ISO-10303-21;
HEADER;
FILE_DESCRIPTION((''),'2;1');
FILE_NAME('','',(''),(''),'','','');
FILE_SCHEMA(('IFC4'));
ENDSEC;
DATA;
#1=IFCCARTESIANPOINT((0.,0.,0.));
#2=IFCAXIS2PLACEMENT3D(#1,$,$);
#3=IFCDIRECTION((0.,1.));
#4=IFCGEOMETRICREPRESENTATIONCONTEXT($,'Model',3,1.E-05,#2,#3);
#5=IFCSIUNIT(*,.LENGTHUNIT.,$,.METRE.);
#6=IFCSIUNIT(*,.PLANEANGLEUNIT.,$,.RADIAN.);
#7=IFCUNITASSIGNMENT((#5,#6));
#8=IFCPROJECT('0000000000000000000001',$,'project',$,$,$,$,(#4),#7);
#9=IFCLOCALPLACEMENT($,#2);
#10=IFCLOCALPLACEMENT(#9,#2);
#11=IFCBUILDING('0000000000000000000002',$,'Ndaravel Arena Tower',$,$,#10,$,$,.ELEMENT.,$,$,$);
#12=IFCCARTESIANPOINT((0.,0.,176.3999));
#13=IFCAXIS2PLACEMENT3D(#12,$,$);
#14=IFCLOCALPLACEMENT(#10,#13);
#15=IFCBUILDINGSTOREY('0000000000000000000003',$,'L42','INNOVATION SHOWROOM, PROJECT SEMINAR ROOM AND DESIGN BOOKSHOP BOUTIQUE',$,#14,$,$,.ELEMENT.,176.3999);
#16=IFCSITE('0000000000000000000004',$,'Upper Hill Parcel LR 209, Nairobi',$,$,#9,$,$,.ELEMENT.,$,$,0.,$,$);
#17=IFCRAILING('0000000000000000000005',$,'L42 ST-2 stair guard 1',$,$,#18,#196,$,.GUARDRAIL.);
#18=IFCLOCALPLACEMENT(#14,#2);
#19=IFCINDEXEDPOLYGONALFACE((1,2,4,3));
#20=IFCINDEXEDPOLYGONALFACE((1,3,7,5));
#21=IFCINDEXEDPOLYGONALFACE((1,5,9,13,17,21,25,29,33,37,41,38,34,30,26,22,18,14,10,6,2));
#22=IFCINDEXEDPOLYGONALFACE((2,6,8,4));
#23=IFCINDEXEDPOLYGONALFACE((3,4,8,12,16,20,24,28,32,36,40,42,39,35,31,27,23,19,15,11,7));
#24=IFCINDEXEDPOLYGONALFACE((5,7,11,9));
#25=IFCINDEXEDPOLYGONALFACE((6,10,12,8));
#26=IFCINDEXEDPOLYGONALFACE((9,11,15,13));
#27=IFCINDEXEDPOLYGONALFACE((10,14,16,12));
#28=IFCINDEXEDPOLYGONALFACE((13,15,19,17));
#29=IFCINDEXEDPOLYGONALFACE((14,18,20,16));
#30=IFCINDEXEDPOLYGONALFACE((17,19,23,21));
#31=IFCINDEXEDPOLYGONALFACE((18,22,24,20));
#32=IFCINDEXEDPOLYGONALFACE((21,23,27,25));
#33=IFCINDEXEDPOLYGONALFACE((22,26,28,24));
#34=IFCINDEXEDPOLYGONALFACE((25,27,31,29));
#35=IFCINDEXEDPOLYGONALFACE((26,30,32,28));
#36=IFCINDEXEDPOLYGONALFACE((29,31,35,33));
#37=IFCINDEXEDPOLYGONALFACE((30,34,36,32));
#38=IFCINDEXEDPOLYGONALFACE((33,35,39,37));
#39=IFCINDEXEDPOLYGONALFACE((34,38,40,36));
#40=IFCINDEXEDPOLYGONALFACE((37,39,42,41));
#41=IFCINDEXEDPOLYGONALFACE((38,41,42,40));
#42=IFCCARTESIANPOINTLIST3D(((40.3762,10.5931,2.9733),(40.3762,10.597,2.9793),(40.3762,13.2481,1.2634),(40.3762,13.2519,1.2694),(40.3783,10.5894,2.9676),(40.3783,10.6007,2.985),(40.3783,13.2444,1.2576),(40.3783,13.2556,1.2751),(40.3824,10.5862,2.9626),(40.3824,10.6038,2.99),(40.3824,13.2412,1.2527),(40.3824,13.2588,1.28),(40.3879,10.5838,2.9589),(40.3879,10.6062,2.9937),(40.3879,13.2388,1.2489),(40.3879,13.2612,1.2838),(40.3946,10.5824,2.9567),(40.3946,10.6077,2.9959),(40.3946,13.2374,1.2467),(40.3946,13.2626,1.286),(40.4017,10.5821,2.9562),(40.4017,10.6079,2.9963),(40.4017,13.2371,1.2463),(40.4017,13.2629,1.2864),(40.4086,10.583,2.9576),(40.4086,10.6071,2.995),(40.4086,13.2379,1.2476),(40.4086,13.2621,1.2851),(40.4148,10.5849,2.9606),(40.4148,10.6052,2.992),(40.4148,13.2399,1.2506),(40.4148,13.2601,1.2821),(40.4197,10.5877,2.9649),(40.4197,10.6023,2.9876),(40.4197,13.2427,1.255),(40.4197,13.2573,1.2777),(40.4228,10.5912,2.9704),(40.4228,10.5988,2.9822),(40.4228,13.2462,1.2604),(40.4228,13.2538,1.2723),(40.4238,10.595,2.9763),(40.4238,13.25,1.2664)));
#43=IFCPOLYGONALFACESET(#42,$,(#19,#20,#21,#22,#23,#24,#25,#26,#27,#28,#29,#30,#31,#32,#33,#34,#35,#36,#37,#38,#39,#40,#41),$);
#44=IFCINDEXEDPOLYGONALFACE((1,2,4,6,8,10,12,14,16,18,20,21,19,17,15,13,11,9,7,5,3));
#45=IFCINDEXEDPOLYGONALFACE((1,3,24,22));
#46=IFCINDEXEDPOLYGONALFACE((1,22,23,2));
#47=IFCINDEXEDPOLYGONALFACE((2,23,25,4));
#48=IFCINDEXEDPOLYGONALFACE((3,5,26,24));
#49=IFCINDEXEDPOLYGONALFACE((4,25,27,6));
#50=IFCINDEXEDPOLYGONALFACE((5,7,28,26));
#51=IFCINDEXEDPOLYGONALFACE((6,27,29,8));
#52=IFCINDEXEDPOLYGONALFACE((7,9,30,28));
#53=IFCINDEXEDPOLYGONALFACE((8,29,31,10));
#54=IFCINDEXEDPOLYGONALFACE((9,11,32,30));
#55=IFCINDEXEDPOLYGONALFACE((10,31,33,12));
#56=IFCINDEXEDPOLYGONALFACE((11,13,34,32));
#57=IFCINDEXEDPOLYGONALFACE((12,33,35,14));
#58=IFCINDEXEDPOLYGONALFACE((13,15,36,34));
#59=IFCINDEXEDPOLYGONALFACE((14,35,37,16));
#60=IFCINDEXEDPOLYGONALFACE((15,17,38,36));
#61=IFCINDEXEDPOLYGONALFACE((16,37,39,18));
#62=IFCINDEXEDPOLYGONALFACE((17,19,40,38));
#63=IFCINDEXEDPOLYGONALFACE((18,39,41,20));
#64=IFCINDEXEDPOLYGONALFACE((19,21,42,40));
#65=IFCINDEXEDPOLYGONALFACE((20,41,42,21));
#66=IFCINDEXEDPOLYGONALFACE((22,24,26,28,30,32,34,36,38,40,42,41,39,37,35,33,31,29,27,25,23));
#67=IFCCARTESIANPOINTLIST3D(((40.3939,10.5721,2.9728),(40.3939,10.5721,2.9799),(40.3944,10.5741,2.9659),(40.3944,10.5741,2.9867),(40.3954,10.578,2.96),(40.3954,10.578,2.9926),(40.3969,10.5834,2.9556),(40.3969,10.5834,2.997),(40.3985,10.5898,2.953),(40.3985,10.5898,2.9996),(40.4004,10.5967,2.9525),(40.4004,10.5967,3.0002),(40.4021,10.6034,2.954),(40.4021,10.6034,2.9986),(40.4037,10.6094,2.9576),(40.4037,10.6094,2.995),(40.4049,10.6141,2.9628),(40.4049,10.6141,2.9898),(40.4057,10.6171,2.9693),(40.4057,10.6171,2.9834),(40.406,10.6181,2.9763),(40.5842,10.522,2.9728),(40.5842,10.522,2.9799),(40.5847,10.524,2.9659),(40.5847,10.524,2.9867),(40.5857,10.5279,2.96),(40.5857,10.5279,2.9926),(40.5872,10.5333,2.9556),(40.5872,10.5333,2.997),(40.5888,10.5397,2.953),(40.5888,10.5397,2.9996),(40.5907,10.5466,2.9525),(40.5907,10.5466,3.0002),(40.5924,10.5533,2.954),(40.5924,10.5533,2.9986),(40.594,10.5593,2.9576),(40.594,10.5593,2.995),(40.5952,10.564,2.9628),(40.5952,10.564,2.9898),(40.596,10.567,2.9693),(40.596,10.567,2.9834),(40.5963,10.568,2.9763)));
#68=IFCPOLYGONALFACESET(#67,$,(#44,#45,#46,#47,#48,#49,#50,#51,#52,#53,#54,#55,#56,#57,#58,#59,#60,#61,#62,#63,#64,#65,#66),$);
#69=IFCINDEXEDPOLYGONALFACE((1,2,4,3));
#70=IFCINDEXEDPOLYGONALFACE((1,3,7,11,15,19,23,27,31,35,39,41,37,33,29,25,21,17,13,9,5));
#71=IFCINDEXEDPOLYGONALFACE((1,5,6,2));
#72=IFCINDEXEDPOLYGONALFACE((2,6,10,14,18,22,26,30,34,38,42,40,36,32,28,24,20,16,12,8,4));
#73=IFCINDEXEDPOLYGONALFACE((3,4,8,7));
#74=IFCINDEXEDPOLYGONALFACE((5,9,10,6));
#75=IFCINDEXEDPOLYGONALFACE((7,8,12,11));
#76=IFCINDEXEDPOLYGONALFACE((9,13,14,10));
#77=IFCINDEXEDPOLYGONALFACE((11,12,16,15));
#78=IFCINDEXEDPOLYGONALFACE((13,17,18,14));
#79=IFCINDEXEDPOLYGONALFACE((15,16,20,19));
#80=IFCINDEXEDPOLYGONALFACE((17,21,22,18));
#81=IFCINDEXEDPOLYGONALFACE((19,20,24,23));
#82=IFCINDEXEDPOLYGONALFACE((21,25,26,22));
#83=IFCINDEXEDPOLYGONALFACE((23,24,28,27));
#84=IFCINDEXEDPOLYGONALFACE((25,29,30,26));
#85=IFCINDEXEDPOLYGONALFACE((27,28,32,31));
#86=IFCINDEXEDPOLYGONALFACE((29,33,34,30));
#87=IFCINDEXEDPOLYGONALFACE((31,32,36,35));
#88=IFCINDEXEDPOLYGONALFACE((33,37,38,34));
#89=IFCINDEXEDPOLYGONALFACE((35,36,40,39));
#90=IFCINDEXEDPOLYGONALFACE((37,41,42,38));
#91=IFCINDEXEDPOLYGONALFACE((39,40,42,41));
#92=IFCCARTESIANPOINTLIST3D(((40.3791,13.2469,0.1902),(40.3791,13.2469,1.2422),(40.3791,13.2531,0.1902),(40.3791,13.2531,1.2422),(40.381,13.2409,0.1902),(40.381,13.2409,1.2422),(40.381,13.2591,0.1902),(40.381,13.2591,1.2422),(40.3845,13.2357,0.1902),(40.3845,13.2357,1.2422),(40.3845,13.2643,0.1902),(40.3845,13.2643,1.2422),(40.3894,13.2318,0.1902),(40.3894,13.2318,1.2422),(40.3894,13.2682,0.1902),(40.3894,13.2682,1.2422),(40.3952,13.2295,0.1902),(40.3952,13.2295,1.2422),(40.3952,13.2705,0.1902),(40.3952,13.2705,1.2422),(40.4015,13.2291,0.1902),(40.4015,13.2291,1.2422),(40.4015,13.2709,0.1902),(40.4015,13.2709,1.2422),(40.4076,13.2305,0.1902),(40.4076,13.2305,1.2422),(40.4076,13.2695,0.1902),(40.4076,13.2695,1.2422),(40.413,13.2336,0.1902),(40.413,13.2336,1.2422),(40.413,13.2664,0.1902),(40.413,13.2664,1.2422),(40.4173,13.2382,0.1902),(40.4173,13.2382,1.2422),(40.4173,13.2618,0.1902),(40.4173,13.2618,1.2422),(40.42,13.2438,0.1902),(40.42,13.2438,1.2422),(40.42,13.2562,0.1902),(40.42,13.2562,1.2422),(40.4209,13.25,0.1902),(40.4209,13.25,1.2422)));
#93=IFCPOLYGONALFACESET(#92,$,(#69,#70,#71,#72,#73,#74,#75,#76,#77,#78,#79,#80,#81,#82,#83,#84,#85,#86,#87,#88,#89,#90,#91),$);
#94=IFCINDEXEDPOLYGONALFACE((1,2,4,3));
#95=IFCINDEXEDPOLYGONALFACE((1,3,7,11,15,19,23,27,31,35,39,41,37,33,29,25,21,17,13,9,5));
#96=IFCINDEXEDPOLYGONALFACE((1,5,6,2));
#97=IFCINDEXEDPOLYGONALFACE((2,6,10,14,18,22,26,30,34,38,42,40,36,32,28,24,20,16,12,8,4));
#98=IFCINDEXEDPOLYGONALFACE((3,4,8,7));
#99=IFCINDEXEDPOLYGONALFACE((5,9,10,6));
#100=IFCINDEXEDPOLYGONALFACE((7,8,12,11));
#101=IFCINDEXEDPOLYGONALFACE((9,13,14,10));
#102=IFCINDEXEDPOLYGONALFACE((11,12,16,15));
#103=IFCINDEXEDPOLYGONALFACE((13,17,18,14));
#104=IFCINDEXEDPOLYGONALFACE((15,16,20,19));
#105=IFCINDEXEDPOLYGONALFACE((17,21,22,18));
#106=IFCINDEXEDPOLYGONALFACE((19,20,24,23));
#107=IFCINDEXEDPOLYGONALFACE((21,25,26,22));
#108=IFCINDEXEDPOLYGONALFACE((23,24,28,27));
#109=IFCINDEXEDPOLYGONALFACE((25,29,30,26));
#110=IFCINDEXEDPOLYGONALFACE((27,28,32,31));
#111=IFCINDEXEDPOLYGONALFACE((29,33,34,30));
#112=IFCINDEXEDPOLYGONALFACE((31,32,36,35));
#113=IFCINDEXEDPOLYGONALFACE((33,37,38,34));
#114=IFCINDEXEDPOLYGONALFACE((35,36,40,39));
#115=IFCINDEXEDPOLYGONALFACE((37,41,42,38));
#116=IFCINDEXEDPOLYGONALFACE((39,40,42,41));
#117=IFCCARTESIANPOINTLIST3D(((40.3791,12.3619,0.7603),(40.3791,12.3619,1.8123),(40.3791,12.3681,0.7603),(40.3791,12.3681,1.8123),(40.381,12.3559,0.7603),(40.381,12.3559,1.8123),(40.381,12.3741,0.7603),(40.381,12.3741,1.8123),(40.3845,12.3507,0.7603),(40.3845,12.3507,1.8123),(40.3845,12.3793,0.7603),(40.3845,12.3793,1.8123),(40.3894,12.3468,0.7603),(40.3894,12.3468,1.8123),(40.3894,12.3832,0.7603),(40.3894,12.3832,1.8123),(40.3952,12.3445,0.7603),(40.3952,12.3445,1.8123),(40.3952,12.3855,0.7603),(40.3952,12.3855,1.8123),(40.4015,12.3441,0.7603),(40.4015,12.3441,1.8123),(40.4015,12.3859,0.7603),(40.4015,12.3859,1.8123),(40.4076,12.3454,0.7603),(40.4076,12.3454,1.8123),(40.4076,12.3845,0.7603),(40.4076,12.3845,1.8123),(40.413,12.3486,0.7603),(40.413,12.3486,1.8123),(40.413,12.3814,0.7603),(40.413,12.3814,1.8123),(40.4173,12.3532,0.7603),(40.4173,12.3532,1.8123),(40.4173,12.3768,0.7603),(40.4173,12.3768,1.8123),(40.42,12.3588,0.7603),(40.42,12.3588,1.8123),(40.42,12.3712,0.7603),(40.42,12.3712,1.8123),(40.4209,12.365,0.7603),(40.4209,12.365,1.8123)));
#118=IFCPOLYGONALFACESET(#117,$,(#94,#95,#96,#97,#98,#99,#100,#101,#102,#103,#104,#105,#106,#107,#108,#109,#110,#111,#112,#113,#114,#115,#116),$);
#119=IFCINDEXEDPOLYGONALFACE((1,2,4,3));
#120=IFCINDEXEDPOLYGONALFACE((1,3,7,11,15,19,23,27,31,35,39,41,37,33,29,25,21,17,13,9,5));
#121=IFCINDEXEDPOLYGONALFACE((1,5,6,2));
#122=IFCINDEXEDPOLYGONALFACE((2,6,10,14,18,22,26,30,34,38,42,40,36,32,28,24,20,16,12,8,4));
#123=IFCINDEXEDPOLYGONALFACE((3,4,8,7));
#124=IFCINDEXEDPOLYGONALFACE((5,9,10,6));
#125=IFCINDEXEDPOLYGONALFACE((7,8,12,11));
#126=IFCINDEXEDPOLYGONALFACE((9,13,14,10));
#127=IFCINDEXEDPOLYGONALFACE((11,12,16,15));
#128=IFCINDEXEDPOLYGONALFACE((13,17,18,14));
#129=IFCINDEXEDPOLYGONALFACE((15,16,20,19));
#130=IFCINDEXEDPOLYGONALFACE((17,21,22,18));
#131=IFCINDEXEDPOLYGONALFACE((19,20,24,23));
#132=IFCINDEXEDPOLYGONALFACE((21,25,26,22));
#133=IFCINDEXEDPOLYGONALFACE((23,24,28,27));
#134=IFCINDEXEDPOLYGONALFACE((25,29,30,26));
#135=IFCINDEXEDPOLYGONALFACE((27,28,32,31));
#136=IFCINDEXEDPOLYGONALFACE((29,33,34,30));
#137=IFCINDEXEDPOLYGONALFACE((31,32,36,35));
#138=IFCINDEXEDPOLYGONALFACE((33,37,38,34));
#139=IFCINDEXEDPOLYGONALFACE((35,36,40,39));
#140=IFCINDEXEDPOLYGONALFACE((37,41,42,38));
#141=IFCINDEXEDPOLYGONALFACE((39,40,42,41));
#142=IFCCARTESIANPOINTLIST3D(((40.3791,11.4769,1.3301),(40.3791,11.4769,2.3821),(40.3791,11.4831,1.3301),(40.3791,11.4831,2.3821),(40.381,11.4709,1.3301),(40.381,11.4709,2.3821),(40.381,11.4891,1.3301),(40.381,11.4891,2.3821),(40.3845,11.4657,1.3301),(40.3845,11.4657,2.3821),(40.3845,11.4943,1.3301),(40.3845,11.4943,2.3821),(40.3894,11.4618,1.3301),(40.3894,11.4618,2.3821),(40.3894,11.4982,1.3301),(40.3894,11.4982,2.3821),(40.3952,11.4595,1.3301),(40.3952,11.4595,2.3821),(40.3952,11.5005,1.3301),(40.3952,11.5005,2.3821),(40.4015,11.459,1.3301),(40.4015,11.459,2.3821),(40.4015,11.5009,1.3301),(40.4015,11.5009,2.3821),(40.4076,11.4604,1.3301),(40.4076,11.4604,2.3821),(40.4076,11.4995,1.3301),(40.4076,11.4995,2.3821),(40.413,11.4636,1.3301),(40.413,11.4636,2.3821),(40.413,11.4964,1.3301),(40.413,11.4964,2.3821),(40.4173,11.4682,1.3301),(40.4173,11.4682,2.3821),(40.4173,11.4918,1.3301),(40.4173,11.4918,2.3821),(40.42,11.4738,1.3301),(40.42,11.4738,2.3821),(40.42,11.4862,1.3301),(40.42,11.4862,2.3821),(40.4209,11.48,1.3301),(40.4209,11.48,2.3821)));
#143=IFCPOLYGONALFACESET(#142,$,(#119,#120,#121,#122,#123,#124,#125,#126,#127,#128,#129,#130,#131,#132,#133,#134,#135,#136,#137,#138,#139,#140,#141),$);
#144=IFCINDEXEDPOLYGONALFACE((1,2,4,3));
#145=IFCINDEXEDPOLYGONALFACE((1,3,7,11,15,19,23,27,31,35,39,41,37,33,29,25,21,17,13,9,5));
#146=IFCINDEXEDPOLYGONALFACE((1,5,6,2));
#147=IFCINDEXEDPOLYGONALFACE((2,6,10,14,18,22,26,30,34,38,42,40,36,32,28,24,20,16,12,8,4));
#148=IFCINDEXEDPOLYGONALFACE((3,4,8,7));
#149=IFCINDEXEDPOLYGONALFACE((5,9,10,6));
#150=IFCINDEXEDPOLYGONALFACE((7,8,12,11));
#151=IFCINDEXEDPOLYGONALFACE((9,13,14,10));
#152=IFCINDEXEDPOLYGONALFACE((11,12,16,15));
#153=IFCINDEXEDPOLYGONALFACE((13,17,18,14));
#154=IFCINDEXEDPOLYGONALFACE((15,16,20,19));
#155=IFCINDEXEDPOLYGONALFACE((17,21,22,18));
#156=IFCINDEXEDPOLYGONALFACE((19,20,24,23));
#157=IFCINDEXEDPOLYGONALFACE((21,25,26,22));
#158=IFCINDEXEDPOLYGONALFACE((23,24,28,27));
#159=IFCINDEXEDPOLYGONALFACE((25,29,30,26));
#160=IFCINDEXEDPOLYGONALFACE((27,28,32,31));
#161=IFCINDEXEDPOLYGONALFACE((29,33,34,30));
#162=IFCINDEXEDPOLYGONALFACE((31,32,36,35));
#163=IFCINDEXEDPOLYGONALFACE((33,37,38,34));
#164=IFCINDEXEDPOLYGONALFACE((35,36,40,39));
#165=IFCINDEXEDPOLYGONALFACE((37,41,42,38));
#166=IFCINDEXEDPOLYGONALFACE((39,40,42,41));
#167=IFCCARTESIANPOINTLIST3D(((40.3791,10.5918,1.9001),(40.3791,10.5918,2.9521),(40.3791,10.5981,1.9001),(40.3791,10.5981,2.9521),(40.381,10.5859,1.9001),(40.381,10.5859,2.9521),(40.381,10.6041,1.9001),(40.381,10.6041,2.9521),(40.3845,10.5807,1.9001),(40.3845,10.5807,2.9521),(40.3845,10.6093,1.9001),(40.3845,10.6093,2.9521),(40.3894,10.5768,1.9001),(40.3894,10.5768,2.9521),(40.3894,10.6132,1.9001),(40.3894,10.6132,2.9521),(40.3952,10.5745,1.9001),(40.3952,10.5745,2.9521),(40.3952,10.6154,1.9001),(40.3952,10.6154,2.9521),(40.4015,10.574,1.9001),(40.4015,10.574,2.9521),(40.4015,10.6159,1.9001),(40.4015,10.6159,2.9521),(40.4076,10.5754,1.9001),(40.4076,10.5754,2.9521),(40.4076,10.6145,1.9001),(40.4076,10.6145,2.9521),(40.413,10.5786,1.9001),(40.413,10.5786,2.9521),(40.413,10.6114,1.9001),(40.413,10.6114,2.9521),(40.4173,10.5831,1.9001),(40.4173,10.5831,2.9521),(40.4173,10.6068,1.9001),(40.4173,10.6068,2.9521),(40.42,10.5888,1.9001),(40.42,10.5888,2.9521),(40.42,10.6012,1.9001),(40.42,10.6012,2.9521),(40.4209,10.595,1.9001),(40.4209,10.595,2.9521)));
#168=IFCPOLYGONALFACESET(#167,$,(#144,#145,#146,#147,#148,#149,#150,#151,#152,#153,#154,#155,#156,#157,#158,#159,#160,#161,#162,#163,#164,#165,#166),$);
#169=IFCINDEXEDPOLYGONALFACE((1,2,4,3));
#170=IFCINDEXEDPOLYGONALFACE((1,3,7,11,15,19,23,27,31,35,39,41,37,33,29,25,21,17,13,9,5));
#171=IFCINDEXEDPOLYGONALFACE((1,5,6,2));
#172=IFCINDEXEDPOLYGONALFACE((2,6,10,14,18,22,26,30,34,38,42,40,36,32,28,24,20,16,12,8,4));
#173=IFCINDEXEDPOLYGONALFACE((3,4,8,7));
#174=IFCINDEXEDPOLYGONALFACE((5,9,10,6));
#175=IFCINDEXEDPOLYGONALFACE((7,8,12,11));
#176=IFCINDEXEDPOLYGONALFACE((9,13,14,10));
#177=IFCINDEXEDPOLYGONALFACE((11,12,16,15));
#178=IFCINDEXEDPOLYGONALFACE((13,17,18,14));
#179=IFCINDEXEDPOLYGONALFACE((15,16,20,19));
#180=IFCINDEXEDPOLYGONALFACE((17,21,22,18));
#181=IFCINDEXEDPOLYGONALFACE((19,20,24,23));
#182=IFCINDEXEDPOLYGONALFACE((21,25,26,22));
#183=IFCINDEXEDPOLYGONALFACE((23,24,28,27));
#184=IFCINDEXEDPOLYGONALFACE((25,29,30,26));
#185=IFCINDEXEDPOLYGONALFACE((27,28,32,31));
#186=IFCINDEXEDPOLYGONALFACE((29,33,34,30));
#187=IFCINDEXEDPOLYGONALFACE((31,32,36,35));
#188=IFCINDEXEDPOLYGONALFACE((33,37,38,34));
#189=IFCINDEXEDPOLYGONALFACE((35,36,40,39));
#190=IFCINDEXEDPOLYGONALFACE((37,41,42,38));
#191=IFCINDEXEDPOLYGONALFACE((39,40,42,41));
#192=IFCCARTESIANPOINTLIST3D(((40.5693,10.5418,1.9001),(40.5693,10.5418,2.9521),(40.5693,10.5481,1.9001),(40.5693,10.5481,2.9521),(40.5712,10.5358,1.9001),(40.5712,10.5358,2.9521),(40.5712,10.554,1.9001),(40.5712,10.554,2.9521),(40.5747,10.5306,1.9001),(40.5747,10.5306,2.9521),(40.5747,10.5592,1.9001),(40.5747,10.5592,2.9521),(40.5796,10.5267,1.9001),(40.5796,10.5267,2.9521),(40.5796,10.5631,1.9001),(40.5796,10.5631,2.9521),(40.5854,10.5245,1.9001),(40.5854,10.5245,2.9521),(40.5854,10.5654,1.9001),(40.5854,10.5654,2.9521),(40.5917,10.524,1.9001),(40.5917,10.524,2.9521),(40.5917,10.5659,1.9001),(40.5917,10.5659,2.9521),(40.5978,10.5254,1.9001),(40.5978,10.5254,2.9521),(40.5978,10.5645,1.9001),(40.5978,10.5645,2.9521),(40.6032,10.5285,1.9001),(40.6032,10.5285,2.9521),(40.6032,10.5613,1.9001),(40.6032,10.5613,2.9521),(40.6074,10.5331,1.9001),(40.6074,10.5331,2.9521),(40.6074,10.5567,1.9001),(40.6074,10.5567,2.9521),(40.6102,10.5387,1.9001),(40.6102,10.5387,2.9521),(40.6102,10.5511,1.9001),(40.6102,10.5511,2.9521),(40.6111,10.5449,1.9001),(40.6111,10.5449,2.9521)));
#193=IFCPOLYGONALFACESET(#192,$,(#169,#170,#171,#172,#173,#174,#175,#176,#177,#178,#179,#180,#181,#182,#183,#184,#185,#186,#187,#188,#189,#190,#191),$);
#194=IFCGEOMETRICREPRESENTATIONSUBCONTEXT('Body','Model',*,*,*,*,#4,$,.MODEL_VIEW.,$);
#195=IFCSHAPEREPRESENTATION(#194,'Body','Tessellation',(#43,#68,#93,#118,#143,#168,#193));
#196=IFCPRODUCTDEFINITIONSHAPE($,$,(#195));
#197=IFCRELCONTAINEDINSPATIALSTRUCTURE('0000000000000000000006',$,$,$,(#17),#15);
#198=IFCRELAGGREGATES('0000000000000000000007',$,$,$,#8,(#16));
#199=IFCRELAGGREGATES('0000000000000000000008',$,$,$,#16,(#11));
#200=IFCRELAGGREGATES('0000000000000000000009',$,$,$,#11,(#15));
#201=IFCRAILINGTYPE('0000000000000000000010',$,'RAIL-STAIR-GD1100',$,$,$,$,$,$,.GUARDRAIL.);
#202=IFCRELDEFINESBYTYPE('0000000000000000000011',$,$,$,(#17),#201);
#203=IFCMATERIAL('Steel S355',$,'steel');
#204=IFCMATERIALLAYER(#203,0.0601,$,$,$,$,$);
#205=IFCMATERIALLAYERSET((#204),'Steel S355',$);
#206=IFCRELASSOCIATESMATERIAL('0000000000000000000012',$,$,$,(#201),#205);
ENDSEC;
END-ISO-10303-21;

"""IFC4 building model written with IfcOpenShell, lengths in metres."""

from ifc_helpers import new_model, si_unit, direction, frame, origin, origin_2d, place, context, subcontext, project, spatial, circle, extrude, material, layer, layer_set, type_object, element, save


model = new_model("IFC4")

# Units and contexts
model_context = context("Model", 3, precision=1e-05, world=origin(), true_north=direction((0.0, 1.0)))
body_context = subcontext(model_context, "Body", "Model", "MODEL_VIEW")
ifc_project = project(units=[si_unit("LENGTHUNIT", "METRE"), si_unit("PLANEANGLEUNIT", "RADIAN")], contexts=[model_context])

# Site, building, storey
site_placement = place(None, origin())
site = spatial("IfcSite", under=ifc_project, at=site_placement, Name="Upper Hill Parcel LR 209, Nairobi", CompositionType="ELEMENT", RefElevation=0.0)
building_placement = place(site_placement, origin())
building = spatial("IfcBuilding", under=site, at=building_placement, Name="Ndaravel Arena Tower", CompositionType="ELEMENT")
storey_placement = place(building_placement, frame((0.0, 0.0, 176.3999)))
storey = spatial("IfcBuildingStorey", under=building, at=storey_placement, Name="L42", Description="INNOVATION SHOWROOM, PROJECT SEMINAR ROOM AND DESIGN BOOKSHOP BOUTIQUE", CompositionType="ELEMENT", Elevation=176.3999)

# Railing
ifc_material_1 = material(Name="Steel S355", Category="steel")
ifc_layer_1 = layer(ifc_material_1, 0.0601)
ifc_layer_set_1 = layer_set([ifc_layer_1], Name="Steel S355")
railing_type_1 = type_object("IfcRailingType", Name="RAIL-STAIR-GD1100", PredefinedType="GUARDRAIL", material=ifc_layer_set_1)
railing_1_placement = place(storey_placement, frame((40.3999, 13.25, 0.1902)))
element("IfcRailing", 1, at=railing_1_placement, inside=storey, type_object=railing_type_1, Name="L42 ST-2 stair guard 1", PredefinedType="GUARDRAIL", context=body_context, shape_type="SweptSolid", body=[
    extrude(circle(Radius=0.0239, at=origin_2d()), frame((0.0, 0.0, 1.0762), z_axis=(0.0, -0.840724, 0.541465), x_axis=(1.0, 0.0, 0.0)), (0.0, 0.0, 1.0), 3.158),
    extrude(circle(Radius=0.0239, at=origin_2d()), frame((0.0, -2.655, 2.7861), z_axis=(0.967075, -0.254493, 0.0), x_axis=(0.254493, 0.967075, 0.0)), (0.0, 0.0, 1.0), 0.1968),
    extrude(circle(Radius=0.021, at=origin_2d()), origin(), (0.0, 0.0, 1.0), 1.052),
    extrude(circle(Radius=0.021, at=origin_2d()), frame((0.0, -0.885, 0.5701)), (0.0, 0.0, 1.0), 1.052),
    extrude(circle(Radius=0.021, at=origin_2d()), frame((0.0, -1.77, 1.1399)), (0.0, 0.0, 1.0), 1.052),
    extrude(circle(Radius=0.021, at=origin_2d()), frame((0.0, -2.655, 1.71)), (0.0, 0.0, 1.0), 1.052),
    extrude(circle(Radius=0.021, at=origin_2d()), frame((0.1902, -2.7051, 1.71)), (0.0, 0.0, 1.0), 1.052),
])

save(model, "model.ifc")
